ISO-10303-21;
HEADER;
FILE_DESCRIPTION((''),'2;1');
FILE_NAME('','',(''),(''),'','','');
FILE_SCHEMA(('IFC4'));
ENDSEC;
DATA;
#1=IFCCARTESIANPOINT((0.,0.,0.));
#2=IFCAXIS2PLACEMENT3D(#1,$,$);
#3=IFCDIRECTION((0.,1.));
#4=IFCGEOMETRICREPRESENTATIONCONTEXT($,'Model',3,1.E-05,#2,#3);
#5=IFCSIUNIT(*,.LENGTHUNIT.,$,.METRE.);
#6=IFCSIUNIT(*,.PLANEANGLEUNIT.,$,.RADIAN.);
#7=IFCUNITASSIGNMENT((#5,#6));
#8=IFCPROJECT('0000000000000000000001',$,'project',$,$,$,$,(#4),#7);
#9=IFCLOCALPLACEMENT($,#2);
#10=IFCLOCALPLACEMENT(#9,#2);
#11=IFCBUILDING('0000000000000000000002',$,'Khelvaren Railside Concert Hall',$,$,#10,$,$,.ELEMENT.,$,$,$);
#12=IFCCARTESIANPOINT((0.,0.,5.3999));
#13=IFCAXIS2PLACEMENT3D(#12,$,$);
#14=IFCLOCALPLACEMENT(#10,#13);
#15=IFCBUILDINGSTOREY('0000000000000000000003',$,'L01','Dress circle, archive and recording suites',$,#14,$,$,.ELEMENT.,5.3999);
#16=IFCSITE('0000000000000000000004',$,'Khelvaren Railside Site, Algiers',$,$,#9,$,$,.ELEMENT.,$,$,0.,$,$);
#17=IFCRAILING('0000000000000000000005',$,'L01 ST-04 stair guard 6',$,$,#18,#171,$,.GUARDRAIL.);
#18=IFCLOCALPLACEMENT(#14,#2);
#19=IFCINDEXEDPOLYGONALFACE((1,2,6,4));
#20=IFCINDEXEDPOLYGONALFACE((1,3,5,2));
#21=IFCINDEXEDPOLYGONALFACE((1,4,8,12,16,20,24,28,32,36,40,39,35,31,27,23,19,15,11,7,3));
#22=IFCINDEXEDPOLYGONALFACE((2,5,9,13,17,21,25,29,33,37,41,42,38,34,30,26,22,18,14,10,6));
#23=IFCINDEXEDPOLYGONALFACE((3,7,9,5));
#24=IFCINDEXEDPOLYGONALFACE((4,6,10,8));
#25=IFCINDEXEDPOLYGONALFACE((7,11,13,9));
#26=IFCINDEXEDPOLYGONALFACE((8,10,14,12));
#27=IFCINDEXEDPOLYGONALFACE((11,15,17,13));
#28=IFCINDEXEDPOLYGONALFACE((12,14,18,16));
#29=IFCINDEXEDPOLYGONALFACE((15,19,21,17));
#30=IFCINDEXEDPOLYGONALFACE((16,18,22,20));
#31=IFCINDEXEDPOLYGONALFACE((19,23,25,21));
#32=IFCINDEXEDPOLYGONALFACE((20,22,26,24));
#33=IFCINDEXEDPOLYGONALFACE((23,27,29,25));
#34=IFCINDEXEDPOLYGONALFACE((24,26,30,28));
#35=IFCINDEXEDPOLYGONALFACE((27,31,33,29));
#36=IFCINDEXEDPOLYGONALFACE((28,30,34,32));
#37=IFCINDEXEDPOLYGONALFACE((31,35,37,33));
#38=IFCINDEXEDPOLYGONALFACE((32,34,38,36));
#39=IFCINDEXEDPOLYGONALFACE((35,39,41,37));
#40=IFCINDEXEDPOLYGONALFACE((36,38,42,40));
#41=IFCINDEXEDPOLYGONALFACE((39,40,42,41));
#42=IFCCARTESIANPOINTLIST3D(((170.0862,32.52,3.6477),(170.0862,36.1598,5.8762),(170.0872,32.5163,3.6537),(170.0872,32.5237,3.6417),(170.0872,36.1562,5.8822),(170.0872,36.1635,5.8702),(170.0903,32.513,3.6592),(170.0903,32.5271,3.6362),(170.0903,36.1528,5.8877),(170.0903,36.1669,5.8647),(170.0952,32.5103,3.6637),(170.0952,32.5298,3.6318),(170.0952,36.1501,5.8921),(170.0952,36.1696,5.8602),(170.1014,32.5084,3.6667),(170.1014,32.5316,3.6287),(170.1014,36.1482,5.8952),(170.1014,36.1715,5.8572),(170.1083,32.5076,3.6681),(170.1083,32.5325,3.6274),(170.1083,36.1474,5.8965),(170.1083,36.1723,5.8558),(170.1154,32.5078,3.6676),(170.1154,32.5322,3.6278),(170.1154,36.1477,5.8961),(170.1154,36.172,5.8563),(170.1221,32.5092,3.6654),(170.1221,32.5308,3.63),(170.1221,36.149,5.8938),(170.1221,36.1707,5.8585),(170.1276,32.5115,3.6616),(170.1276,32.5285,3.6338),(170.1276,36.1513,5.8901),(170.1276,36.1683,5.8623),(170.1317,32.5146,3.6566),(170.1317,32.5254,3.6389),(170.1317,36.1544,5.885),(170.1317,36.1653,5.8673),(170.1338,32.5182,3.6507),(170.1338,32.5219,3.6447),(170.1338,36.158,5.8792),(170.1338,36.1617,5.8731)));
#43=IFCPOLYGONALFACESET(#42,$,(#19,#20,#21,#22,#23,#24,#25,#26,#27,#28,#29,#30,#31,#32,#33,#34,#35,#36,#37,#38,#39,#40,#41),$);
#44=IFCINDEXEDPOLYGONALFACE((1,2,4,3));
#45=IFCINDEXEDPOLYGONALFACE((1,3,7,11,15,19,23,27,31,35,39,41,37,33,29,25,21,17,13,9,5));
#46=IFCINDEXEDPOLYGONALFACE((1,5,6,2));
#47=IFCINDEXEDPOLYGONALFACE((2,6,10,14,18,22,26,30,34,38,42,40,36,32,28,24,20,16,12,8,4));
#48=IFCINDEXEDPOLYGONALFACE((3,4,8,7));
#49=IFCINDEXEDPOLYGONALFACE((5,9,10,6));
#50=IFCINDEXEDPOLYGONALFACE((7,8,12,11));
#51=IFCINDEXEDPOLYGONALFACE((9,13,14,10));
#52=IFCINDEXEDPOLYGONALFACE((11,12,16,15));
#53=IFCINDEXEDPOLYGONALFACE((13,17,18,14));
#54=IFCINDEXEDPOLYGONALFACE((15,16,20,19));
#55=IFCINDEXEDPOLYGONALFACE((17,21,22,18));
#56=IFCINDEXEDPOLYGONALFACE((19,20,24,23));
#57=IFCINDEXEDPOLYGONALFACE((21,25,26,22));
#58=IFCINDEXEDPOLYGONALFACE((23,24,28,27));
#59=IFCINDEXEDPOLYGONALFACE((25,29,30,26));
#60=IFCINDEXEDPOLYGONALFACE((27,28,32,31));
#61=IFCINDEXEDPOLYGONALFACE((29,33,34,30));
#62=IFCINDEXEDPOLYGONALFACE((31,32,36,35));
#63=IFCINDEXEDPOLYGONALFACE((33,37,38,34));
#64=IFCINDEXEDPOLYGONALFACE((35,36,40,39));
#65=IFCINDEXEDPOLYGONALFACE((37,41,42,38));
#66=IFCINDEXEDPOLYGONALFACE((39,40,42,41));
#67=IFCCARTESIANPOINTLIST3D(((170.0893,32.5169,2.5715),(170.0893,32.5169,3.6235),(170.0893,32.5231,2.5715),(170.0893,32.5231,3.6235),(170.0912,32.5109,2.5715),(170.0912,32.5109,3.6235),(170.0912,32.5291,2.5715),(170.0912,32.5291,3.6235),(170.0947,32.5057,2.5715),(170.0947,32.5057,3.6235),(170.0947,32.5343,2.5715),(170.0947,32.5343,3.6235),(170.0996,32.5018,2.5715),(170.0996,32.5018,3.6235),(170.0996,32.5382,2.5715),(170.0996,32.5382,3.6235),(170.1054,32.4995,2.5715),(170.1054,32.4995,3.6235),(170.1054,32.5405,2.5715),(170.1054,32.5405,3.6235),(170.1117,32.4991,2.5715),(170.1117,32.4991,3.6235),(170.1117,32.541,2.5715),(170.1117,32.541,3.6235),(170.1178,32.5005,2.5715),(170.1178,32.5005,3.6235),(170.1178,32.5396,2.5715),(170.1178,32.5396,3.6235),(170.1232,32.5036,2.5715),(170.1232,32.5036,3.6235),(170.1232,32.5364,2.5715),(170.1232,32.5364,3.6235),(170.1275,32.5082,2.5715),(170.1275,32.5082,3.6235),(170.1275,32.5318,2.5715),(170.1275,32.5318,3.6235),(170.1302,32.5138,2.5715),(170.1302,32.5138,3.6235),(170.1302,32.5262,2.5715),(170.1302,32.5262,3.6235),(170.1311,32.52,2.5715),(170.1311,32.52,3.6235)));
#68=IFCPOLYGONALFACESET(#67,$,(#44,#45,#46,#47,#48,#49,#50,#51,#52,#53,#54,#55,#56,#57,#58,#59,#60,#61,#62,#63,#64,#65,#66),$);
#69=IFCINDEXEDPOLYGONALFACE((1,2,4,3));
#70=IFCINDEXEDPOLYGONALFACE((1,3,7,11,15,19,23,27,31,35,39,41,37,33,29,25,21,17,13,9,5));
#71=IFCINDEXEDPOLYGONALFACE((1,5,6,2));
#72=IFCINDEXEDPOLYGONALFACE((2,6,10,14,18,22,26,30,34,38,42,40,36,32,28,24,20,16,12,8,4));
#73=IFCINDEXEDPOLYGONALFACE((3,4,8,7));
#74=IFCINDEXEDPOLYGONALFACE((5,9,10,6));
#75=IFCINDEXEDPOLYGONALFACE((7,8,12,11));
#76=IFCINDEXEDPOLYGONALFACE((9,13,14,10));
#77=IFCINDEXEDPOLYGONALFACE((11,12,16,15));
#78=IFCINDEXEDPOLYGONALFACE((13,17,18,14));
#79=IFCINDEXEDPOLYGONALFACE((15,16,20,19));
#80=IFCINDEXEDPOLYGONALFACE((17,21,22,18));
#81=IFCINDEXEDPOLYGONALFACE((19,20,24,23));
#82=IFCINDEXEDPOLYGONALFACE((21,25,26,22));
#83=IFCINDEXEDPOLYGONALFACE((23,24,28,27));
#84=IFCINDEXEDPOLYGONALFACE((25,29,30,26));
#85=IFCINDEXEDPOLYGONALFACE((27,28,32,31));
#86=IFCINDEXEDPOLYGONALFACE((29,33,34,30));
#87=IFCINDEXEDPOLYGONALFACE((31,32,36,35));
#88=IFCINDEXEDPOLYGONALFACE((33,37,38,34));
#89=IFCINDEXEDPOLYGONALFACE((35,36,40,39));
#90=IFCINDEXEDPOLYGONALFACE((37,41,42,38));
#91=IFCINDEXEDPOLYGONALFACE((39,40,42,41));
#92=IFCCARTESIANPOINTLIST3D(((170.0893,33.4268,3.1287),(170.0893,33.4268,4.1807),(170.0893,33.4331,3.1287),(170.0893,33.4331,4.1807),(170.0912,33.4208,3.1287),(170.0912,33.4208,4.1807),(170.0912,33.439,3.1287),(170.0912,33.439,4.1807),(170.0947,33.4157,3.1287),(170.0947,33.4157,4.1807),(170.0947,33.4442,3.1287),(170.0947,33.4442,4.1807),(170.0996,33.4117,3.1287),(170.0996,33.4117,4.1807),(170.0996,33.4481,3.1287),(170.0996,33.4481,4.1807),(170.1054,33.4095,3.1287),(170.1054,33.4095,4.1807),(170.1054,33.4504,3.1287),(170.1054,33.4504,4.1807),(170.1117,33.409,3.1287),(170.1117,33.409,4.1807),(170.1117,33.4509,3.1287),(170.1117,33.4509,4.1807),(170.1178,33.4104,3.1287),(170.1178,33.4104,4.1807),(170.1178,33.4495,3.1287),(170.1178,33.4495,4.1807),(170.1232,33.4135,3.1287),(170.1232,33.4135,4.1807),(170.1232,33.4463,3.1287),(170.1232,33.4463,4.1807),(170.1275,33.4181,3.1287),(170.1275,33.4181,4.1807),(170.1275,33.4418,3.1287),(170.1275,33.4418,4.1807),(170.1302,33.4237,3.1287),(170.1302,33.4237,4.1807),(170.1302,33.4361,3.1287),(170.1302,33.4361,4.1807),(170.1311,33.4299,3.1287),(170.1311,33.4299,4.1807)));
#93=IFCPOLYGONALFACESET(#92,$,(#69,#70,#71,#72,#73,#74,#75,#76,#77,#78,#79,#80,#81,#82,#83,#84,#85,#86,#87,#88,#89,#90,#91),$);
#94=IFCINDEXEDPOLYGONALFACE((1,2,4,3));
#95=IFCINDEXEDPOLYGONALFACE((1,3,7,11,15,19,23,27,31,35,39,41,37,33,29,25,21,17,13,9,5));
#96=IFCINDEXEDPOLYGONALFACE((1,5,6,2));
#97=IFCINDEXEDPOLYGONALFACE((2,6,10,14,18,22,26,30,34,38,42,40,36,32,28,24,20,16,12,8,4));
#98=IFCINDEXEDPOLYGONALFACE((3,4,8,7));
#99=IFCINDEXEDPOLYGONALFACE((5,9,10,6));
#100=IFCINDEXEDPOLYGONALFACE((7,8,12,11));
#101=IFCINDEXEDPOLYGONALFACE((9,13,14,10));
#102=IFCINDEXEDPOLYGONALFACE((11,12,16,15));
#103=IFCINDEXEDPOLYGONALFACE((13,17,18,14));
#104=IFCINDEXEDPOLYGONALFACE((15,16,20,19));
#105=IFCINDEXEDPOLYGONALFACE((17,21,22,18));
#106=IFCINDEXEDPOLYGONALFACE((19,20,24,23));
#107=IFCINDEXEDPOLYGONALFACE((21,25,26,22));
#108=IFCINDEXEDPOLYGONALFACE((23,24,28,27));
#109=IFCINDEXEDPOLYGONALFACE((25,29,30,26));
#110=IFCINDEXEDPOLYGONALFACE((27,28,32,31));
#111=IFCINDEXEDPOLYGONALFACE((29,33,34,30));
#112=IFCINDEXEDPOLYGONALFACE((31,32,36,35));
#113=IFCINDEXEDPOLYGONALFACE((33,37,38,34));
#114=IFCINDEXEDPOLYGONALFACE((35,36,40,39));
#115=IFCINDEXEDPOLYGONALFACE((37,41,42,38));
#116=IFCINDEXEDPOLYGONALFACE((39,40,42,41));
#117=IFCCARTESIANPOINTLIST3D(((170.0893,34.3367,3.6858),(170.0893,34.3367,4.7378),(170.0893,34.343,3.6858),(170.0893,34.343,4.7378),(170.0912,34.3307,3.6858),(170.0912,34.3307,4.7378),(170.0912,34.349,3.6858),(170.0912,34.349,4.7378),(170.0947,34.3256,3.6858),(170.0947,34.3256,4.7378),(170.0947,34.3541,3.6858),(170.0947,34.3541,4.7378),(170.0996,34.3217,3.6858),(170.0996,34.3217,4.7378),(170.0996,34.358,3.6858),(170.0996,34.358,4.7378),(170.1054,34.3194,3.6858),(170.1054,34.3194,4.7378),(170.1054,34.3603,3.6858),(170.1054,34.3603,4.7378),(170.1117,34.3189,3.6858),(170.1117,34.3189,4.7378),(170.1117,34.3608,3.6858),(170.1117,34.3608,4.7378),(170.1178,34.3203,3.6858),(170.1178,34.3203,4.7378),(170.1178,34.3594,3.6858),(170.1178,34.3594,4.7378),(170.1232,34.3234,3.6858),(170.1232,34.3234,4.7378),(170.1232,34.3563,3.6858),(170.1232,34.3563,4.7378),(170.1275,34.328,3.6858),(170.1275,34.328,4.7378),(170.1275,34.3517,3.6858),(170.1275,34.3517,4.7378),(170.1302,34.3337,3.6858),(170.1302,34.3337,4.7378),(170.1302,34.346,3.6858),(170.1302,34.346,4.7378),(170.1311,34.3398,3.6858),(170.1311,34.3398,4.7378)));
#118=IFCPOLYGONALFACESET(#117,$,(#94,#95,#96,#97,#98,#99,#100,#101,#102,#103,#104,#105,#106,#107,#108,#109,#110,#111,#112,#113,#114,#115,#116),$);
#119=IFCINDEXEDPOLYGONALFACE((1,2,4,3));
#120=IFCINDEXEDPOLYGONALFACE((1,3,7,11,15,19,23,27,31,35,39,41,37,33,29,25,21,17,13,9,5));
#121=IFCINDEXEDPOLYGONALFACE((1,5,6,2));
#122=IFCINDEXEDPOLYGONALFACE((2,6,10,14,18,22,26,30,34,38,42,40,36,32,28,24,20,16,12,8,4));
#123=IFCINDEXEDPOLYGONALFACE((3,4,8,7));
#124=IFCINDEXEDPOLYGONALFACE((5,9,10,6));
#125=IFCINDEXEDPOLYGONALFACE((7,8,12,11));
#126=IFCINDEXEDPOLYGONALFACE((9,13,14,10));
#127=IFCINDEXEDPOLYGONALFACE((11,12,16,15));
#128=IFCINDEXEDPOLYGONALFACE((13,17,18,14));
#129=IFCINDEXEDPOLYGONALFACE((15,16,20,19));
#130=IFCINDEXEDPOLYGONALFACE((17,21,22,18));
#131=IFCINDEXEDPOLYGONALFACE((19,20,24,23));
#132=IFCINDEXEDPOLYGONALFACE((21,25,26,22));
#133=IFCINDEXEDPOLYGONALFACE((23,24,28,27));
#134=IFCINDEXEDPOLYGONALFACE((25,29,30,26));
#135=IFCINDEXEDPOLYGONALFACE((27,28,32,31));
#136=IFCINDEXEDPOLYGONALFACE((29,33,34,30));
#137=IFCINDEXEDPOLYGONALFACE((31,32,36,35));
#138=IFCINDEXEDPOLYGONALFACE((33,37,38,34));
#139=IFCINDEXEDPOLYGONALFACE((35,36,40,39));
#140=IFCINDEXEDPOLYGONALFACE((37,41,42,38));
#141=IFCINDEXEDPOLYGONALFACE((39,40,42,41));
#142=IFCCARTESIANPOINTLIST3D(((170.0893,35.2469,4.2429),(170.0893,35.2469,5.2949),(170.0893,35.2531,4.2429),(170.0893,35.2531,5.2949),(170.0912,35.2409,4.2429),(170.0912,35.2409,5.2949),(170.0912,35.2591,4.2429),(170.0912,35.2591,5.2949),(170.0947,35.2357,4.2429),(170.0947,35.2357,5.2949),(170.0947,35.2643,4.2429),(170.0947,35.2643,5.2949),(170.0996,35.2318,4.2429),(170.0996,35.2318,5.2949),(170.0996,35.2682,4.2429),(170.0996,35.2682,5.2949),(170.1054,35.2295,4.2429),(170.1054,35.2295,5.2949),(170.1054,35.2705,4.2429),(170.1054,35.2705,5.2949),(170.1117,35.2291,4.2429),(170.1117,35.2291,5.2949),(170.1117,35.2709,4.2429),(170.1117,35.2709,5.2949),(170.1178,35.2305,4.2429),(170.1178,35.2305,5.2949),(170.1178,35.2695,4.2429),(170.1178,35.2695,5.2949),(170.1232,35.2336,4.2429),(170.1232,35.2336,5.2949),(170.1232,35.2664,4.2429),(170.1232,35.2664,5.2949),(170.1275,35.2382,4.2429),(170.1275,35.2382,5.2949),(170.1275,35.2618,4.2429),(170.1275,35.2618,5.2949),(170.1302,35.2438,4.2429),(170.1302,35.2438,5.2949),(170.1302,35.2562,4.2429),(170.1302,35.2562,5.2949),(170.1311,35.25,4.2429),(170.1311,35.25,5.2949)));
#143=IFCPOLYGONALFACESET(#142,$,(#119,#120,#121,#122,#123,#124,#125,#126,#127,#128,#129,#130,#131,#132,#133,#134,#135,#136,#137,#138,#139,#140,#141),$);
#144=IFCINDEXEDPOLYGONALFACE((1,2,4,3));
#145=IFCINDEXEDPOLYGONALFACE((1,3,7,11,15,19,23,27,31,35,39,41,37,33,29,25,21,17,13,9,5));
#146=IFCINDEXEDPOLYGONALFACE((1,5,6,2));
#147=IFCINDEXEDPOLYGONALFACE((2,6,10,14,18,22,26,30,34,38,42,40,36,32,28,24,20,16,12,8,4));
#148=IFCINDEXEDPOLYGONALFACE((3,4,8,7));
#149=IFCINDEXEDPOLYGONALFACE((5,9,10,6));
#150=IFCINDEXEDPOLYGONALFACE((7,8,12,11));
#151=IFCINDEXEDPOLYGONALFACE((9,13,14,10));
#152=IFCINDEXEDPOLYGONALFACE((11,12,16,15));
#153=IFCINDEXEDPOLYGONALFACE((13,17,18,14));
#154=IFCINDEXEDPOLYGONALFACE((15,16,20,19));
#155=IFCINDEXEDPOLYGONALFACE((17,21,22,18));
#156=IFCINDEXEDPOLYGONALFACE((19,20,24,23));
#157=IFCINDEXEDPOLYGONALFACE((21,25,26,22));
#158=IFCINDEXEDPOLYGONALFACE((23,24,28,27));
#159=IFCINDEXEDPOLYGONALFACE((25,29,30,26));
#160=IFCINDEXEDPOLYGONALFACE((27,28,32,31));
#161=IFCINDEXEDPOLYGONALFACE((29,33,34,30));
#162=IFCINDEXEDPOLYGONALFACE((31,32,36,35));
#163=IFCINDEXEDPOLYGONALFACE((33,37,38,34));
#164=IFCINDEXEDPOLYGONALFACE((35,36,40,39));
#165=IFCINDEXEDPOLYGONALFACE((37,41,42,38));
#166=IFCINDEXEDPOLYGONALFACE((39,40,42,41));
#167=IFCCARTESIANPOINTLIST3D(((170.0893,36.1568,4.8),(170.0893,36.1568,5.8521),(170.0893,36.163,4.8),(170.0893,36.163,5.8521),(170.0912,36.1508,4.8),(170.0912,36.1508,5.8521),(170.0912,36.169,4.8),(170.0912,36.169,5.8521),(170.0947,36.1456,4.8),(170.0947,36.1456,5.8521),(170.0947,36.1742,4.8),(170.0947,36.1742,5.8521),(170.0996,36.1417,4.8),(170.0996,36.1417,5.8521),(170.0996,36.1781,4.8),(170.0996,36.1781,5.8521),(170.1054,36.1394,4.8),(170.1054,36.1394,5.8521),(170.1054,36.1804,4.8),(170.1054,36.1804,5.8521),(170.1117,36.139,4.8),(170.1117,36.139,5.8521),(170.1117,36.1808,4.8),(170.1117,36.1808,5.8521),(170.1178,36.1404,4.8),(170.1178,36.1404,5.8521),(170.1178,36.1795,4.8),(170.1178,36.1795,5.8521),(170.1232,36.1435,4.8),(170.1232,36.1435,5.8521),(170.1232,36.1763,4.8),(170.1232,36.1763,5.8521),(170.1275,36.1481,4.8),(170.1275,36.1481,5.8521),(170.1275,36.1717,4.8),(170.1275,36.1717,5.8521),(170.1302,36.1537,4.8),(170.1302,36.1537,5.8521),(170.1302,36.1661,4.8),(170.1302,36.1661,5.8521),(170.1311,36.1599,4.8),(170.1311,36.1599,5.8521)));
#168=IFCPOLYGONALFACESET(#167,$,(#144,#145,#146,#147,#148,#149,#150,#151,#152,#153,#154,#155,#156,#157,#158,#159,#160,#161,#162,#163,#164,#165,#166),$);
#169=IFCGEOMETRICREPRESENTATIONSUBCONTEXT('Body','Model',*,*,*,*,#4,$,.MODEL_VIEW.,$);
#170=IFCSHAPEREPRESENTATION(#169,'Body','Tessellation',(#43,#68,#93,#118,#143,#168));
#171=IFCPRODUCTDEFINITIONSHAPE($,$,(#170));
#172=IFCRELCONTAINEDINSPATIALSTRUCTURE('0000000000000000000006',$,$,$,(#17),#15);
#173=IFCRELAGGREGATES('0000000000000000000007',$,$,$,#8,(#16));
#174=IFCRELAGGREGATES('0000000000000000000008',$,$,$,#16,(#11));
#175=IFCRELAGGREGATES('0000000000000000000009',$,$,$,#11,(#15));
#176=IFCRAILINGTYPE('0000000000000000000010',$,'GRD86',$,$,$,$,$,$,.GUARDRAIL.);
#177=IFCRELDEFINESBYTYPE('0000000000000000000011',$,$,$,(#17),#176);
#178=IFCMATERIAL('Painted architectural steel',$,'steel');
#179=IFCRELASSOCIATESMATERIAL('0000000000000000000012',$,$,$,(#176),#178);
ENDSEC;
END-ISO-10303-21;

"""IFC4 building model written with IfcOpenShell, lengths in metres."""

from ifc_helpers import new_model, si_unit, direction, frame, origin, origin_2d, place, context, subcontext, project, spatial, circle, extrude, material, type_object, element, save


model = new_model("IFC4")

# Units and contexts
model_context = context("Model", 3, precision=1e-05, world=origin(), true_north=direction((0.0, 1.0)))
body_context = subcontext(model_context, "Body", "Model", "MODEL_VIEW")
ifc_project = project(units=[si_unit("LENGTHUNIT", "METRE"), si_unit("PLANEANGLEUNIT", "RADIAN")], contexts=[model_context])

# Site, building, storey
site_placement = place(None, origin())
site = spatial("IfcSite", under=ifc_project, at=site_placement, Name="Khelvaren Railside Site, Algiers", CompositionType="ELEMENT", RefElevation=0.0)
building_placement = place(site_placement, origin())
building = spatial("IfcBuilding", under=site, at=building_placement, Name="Khelvaren Railside Concert Hall", CompositionType="ELEMENT")
storey_placement = place(building_placement, frame((0.0, 0.0, 5.3999)))
storey = spatial("IfcBuildingStorey", under=building, at=storey_placement, Name="L01", Description="Dress circle, archive and recording suites", CompositionType="ELEMENT", Elevation=5.3999)

# Railing
ifc_material_1 = material(Name="Painted architectural steel", Category="steel")
railing_type_1 = type_object("IfcRailingType", Name="GRD86", PredefinedType="GUARDRAIL", material=ifc_material_1)
railing_1_placement = place(storey_placement, frame((170.1101, 32.52, 2.5715)))
element("IfcRailing", 1, at=railing_1_placement, inside=storey, type_object=railing_type_1, Name="L01 ST-04 stair guard 6", PredefinedType="GUARDRAIL", context=body_context, shape_type="SweptSolid", body=[
    extrude(circle(Radius=0.0239, at=origin_2d()), frame((0.0, 0.0, 1.0762), z_axis=(0.0, 0.85285, 0.522156), x_axis=(-1.0, 0.0, 0.0)), (0.0, 0.0, 1.0), 4.2678),
    extrude(circle(Radius=0.021, at=origin_2d()), origin(), (0.0, 0.0, 1.0), 1.052),
    extrude(circle(Radius=0.021, at=origin_2d()), frame((0.0, 0.9099, 0.5571)), (0.0, 0.0, 1.0), 1.052),
    extrude(circle(Radius=0.021, at=origin_2d()), frame((0.0, 1.8198, 1.1143)), (0.0, 0.0, 1.0), 1.052),
    extrude(circle(Radius=0.021, at=origin_2d()), frame((0.0, 2.73, 1.6714)), (0.0, 0.0, 1.0), 1.052),
    extrude(circle(Radius=0.021, at=origin_2d()), frame((0.0, 3.6399, 2.2285)), (0.0, 0.0, 1.0), 1.052),
])

save(model, "model.ifc")
